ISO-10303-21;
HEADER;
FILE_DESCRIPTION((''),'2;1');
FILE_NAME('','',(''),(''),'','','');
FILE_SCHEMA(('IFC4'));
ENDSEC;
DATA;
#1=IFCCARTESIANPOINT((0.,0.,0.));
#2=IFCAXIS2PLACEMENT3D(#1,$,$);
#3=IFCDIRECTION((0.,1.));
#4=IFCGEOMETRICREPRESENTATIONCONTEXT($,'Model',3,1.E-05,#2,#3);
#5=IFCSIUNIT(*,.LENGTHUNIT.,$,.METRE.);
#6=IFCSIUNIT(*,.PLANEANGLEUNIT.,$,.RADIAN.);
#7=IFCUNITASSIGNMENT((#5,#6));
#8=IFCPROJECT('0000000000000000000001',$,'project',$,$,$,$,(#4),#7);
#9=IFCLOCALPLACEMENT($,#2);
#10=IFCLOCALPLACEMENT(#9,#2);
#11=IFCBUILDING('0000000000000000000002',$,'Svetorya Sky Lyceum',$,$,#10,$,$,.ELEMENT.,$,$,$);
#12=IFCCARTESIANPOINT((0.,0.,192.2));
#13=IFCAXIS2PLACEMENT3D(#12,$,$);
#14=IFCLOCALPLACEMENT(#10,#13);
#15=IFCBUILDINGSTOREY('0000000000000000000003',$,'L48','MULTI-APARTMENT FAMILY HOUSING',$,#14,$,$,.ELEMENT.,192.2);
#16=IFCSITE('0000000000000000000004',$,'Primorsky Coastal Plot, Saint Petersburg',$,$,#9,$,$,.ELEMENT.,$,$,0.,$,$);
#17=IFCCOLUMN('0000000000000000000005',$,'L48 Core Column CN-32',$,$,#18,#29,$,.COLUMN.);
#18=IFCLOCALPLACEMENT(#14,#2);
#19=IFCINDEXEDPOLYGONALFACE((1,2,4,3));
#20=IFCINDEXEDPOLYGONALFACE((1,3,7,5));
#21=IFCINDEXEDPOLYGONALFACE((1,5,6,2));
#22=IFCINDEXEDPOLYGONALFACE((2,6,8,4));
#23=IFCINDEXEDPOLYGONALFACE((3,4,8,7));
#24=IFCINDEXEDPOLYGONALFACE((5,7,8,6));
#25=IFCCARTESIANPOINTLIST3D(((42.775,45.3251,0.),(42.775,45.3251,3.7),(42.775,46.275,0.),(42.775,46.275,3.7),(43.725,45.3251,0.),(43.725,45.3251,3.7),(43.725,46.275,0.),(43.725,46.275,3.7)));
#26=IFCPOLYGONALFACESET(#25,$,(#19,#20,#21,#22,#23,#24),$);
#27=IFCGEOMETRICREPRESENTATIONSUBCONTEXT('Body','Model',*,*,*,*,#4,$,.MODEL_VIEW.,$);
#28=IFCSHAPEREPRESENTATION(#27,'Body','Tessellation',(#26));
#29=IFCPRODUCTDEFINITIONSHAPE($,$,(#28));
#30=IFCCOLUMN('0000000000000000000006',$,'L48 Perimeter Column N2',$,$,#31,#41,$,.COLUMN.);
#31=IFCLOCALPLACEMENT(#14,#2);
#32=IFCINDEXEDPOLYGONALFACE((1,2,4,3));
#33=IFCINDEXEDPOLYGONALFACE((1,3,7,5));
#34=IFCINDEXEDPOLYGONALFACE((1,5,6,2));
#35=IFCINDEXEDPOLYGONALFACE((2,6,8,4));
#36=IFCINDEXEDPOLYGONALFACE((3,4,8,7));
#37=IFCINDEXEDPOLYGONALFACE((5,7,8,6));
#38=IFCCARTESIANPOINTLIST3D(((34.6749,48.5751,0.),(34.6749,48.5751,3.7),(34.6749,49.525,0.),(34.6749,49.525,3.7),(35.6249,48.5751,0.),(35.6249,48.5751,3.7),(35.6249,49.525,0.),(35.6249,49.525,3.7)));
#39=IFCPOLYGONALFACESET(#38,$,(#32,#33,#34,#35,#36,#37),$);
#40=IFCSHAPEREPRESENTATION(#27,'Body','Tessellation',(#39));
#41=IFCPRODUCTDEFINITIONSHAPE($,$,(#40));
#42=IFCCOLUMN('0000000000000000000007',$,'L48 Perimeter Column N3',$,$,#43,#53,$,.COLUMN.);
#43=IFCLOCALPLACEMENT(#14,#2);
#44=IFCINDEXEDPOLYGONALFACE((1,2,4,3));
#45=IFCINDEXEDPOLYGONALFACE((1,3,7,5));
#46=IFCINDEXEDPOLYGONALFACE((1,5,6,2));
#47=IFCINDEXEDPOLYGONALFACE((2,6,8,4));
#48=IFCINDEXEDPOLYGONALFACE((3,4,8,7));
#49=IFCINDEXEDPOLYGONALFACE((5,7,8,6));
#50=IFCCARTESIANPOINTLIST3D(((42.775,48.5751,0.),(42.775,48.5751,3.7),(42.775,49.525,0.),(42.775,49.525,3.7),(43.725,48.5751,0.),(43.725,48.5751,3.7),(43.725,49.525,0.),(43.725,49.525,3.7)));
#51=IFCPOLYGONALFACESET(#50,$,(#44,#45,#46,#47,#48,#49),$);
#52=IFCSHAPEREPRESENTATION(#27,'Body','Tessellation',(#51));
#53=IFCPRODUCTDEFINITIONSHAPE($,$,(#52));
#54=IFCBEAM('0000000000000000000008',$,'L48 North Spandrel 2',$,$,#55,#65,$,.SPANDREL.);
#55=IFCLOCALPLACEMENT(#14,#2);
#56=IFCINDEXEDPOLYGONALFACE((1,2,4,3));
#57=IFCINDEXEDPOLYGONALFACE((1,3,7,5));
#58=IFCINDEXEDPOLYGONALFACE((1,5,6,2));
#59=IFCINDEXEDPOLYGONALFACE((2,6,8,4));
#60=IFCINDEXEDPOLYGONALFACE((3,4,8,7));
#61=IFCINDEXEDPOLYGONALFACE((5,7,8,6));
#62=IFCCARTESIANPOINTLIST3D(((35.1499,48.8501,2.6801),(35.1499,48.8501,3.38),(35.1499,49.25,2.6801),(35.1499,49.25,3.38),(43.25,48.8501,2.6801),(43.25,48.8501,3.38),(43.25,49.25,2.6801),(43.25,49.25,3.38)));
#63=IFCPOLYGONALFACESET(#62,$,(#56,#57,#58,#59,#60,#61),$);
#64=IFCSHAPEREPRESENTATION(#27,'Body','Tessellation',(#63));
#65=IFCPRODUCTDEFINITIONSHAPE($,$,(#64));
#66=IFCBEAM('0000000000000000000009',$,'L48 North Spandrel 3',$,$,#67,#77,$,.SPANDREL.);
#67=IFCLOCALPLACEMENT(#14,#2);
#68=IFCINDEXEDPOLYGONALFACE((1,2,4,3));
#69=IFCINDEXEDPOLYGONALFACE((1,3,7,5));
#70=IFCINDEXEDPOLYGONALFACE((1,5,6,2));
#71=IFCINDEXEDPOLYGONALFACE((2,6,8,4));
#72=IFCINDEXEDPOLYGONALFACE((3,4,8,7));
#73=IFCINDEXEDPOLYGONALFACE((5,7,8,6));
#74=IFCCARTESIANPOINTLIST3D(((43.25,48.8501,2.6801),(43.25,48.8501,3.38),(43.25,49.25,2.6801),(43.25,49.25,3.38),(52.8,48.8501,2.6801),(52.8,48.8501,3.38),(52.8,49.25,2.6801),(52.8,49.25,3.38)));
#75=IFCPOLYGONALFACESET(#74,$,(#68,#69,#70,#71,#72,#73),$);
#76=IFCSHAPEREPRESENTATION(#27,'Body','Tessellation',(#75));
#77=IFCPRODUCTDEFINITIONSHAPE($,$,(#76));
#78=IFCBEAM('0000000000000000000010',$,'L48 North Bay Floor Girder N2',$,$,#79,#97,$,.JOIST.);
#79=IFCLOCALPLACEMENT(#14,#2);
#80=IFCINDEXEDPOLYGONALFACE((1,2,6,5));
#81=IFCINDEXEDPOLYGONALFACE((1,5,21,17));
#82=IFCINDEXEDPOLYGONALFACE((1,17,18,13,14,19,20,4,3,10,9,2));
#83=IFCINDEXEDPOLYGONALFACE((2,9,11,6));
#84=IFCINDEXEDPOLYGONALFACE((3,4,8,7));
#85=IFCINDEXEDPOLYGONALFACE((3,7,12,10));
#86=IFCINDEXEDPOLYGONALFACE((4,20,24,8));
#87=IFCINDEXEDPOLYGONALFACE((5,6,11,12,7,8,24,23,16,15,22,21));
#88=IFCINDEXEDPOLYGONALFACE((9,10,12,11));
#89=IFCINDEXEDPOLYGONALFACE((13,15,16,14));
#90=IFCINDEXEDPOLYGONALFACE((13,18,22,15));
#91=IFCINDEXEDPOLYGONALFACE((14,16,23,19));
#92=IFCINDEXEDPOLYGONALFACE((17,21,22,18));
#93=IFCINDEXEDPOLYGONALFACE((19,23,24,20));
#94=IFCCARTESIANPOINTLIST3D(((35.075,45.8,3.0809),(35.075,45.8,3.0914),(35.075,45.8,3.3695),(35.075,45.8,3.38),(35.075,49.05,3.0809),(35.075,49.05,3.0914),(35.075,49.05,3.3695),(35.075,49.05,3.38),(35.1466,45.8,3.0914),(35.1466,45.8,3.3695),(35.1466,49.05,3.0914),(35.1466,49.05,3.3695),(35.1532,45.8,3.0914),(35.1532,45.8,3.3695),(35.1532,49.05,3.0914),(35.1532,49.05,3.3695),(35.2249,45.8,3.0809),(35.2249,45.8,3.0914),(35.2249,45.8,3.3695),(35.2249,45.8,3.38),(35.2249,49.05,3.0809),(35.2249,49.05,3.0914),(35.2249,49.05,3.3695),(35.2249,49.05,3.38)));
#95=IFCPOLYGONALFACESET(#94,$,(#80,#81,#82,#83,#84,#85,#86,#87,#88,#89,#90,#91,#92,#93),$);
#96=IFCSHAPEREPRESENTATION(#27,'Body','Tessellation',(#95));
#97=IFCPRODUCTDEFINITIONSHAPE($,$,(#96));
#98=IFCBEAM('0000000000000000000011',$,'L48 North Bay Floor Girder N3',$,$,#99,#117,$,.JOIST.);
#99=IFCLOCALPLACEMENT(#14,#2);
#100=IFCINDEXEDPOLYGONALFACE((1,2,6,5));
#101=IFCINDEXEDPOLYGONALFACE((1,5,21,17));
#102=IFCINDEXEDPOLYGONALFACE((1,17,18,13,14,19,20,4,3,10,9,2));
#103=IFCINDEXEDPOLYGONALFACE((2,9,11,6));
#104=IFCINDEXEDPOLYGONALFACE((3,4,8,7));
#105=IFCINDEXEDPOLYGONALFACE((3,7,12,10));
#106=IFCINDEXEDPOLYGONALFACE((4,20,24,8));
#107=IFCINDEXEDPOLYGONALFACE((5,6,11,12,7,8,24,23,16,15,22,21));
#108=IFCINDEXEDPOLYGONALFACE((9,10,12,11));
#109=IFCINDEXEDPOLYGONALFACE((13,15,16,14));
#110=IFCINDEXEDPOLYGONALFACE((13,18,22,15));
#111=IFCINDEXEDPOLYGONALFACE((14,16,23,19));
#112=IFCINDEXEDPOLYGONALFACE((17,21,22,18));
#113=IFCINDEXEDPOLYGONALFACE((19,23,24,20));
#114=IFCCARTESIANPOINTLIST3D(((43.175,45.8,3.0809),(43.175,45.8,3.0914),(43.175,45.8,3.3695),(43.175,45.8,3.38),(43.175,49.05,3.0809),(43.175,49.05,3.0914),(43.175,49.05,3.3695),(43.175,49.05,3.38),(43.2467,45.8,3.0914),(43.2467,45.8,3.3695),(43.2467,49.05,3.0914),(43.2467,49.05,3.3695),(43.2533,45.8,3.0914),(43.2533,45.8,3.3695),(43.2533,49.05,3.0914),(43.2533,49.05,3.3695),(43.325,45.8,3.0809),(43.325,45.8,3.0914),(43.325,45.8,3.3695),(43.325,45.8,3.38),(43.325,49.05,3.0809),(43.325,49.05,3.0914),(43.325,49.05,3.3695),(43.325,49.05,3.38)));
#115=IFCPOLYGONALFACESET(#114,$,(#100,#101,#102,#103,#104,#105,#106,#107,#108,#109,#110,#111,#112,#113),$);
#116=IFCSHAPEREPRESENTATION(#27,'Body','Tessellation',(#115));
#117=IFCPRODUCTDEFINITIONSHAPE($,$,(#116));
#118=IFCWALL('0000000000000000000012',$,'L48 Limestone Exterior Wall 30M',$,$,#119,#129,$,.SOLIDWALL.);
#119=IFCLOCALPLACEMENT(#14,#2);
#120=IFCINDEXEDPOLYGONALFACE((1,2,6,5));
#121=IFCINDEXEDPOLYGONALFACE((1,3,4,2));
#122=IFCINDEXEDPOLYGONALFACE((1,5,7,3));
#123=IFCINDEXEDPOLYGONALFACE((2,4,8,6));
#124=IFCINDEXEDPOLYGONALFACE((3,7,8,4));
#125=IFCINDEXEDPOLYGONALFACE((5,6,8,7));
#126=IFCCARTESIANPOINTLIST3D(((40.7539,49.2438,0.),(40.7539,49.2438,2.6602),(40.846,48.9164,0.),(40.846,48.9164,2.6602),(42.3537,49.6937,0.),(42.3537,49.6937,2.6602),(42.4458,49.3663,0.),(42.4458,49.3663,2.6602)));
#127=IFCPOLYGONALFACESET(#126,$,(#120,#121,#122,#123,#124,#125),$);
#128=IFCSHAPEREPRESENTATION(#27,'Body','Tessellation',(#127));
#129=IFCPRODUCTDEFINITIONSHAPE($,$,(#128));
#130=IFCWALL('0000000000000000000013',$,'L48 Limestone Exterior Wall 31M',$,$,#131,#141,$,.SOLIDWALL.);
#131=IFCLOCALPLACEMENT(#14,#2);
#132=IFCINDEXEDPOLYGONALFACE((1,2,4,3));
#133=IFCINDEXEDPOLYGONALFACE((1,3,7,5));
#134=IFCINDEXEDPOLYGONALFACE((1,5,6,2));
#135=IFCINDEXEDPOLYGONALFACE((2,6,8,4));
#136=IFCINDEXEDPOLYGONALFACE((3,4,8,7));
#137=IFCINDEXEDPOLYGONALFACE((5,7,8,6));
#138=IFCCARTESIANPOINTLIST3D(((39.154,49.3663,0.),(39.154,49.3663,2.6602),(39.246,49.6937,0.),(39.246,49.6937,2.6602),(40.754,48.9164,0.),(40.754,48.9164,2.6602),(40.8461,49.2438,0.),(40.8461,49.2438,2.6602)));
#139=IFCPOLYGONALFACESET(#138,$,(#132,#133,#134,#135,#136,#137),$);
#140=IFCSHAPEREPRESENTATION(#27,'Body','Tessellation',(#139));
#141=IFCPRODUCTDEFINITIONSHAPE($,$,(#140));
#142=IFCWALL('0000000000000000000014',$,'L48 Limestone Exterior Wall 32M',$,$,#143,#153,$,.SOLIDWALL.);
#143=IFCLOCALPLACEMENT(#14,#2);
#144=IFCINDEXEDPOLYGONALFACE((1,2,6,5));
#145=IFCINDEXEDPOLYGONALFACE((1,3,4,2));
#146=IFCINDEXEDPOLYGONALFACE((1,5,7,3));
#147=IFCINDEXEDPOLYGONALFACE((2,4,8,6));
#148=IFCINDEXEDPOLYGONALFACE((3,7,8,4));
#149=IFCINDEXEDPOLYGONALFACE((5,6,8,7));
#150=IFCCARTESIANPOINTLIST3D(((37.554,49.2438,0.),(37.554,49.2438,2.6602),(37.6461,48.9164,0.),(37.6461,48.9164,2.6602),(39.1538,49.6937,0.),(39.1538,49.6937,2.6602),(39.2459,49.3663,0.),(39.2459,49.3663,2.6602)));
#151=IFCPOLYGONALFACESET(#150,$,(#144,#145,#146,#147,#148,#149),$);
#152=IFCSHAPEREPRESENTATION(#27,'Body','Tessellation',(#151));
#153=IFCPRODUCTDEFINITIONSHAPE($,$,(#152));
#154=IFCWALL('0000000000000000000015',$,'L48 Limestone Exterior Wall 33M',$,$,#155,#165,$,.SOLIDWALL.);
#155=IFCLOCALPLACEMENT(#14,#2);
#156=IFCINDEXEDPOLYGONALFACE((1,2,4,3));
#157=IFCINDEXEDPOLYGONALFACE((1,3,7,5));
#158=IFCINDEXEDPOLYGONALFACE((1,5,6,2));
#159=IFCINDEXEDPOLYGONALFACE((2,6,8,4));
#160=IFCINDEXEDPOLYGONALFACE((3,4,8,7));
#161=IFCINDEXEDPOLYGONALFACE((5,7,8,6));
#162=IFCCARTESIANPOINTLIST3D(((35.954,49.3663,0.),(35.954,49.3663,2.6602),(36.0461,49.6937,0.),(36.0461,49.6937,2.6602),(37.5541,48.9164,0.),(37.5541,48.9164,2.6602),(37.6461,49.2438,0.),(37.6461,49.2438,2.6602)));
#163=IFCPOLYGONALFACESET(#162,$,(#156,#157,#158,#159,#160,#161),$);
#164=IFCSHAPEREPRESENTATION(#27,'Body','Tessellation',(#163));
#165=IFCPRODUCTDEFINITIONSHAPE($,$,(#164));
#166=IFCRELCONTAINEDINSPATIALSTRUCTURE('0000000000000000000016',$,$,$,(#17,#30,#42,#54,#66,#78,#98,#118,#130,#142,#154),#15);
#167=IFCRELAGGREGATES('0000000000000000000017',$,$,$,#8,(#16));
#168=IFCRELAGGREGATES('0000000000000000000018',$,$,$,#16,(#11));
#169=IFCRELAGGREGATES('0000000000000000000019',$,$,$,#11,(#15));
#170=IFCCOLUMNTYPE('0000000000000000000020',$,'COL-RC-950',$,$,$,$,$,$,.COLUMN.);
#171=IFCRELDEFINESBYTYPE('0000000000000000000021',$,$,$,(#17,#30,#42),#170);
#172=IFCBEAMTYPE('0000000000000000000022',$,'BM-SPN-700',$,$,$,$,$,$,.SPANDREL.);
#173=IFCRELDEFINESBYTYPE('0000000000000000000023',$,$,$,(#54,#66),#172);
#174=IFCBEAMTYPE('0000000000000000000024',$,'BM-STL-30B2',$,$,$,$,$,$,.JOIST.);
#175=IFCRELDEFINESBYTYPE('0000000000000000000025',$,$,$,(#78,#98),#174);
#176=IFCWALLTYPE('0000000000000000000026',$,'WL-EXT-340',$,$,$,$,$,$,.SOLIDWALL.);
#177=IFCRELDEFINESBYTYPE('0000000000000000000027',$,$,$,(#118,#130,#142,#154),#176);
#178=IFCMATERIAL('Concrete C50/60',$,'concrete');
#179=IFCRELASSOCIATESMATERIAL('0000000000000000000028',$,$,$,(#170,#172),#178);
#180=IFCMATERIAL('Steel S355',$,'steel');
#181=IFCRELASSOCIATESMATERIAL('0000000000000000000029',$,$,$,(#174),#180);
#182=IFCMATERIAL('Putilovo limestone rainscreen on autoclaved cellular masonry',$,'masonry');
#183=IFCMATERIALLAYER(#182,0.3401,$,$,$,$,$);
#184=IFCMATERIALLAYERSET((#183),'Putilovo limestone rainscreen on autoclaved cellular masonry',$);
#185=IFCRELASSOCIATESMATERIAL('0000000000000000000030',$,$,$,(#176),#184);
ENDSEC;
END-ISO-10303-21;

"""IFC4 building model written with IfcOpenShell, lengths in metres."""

from ifc_helpers import new_model, si_unit, direction, frame, frame_2d, origin, origin_2d, place, context, subcontext, project, spatial, rectangle, i_section, extrude, material, layer, layer_set, material_profile, profile_set, type_object, element, save


model = new_model("IFC4")

# Units and contexts
model_context = context("Model", 3, precision=1e-05, world=origin(), true_north=direction((0.0, 1.0)))
body_context = subcontext(model_context, "Body", "Model", "MODEL_VIEW")
ifc_project = project(units=[si_unit("LENGTHUNIT", "METRE"), si_unit("PLANEANGLEUNIT", "RADIAN")], contexts=[model_context])

# Site, building, storey
site_placement = place(None, origin())
site = spatial("IfcSite", under=ifc_project, at=site_placement, Name="Primorsky Coastal Plot, Saint Petersburg", CompositionType="ELEMENT", RefElevation=0.0)
building_placement = place(site_placement, origin())
building = spatial("IfcBuilding", under=site, at=building_placement, Name="Svetorya Sky Lyceum", CompositionType="ELEMENT")
storey_placement = place(building_placement, frame((0.0, 0.0, 192.2)))
storey = spatial("IfcBuildingStorey", under=building, at=storey_placement, Name="L48", Description="MULTI-APARTMENT FAMILY HOUSING", CompositionType="ELEMENT", Elevation=192.2)

# Columns
ifc_material_1 = material(Name="Concrete C50/60", Category="concrete")
ifc_material_profile_1 = material_profile(ifc_material_1, rectangle(XDim=0.95, YDim=0.95, at=origin_2d()), Name="RC COL 950x950")
ifc_profile_set_1 = profile_set([ifc_material_profile_1], Name="Concrete C50/60")
column_type = type_object("IfcColumnType", Name="COL-RC-950", PredefinedType="COLUMN", material=ifc_profile_set_1)
for number, where, z_axis, x_axis, name in (
    (1, (43.25, 45.8, 0.0), (0.0, 0.0, 1.0), (1.0, 0.0, 0.0), "L48 Core Column CN-32"),
    (2, (35.1499, 49.05, 0.0), (0.0, 0.0, 1.0), (1.0, 0.0, 0.0), "L48 Perimeter Column N2"),
    (3, (43.25, 49.05, 0.0), (0.0, 0.0, 1.0), (1.0, 0.0, 0.0), "L48 Perimeter Column N3"),
):
    element("IfcColumn", number, at=place(storey_placement, frame(where, z_axis=z_axis, x_axis=x_axis)), inside=storey, type_object=column_type, Name=name, PredefinedType="COLUMN", context=body_context, shape_type="SweptSolid", body=[
        extrude(rectangle(XDim=0.95, YDim=0.95, at=origin_2d()), origin(), (0.0, 0.0, 1.0), 3.7),
    ])

# Beams
ifc_material_profile_2 = material_profile(ifc_material_1, rectangle(XDim=0.3999, YDim=0.7, at=origin_2d()), Name="RC SPANDREL 400x700")
ifc_profile_set_2 = profile_set([ifc_material_profile_2], Name="Concrete C50/60")
beam_type_1 = type_object("IfcBeamType", Name="BM-SPN-700", PredefinedType="SPANDREL", material=ifc_profile_set_2)
beam_1_placement = place(storey_placement, frame((35.1499, 49.05, 3.03), z_axis=(1.0, 0.0, 0.0), x_axis=(0.0, 1.0, 0.0)))
element("IfcBeam", 4, at=beam_1_placement, inside=storey, type_object=beam_type_1, Name="L48 North Spandrel 2", PredefinedType="SPANDREL", context=body_context, shape_type="SweptSolid", body=[
    extrude(rectangle(XDim=0.3999, YDim=0.7, at=origin_2d()), origin(), (0.0, 0.0, 1.0), 8.1001),
])
beam_2_placement = place(storey_placement, frame((43.25, 49.05, 3.03), z_axis=(1.0, 0.0, 0.0), x_axis=(0.0, 1.0, 0.0)))
element("IfcBeam", 5, at=beam_2_placement, inside=storey, type_object=beam_type_1, Name="L48 North Spandrel 3", PredefinedType="SPANDREL", context=body_context, shape_type="SweptSolid", body=[
    extrude(rectangle(XDim=0.3999, YDim=0.7, at=origin_2d()), origin(), (0.0, 0.0, 1.0), 9.55),
])
ifc_material_2 = material(Name="Steel S355", Category="steel")
ifc_material_profile_3 = material_profile(ifc_material_2, i_section(OverallWidth=0.1499, OverallDepth=0.2991, WebThickness=0.0066, FlangeThickness=0.0105, at=origin_2d()), Name="GOST 30B2")
ifc_profile_set_3 = profile_set([ifc_material_profile_3], Name="Steel S355")
beam_type_2 = type_object("IfcBeamType", Name="BM-STL-30B2", PredefinedType="JOIST", material=ifc_profile_set_3)
for number, where, z_axis, x_axis, name in (
    (6, (35.1499, 45.8, 3.2305), (0.0, 1.0, 0.0), (-1.0, 0.0, 0.0), "L48 North Bay Floor Girder N2"),
    (7, (43.25, 45.8, 3.2305), (0.0, 1.0, 0.0), (-1.0, 0.0, 0.0), "L48 North Bay Floor Girder N3"),
):
    element("IfcBeam", number, at=place(storey_placement, frame(where, z_axis=z_axis, x_axis=x_axis)), inside=storey, type_object=beam_type_2, Name=name, PredefinedType="JOIST", context=body_context, shape_type="SweptSolid", body=[
        extrude(i_section(OverallWidth=0.1499, OverallDepth=0.2991, WebThickness=0.0066, FlangeThickness=0.0105, at=origin_2d()), origin(), (0.0, 0.0, 1.0), 3.25),
    ])

# Walls
ifc_material_3 = material(Name="Putilovo limestone rainscreen on autoclaved cellular masonry", Category="masonry")
ifc_layer_1 = layer(ifc_material_3, 0.3401)
ifc_layer_set_1 = layer_set([ifc_layer_1], Name="Putilovo limestone rainscreen on autoclaved cellular masonry")
wall_type_1 = type_object("IfcWallType", Name="WL-EXT-340", PredefinedType="SOLIDWALL", material=ifc_layer_set_1)
wall_1_placement = place(storey_placement, frame((42.3999, 49.53, 0.0), z_axis=(0.0, 0.0, 1.0), x_axis=(-0.962652, -0.270741, 0.0)))
element("IfcWall", 8, at=wall_1_placement, inside=storey, type_object=wall_type_1, Name="L48 Limestone Exterior Wall 30M", PredefinedType="SOLIDWALL", context=body_context, shape_type="SweptSolid", body=[
    extrude(rectangle(XDim=1.6619, YDim=0.3401, at=frame_2d((0.8311, 0.0))), origin(), (0.0, 0.0, 1.0), 2.6602),
])
wall_2_placement = place(storey_placement, frame((40.8, 49.0801, 0.0), z_axis=(0.0, 0.0, 1.0), x_axis=(-0.962663, 0.270703, 0.0)))
element("IfcWall", 9, at=wall_2_placement, inside=storey, type_object=wall_type_1, Name="L48 Limestone Exterior Wall 31M", PredefinedType="SOLIDWALL", context=body_context, shape_type="SweptSolid", body=[
    extrude(rectangle(XDim=1.6621, YDim=0.3401, at=frame_2d((0.8311, 0.0))), origin(), (0.0, 0.0, 1.0), 2.6602),
])
wall_3_placement = place(storey_placement, frame((39.2, 49.53, 0.0), z_axis=(0.0, 0.0, 1.0), x_axis=(-0.962652, -0.270741, 0.0)))
element("IfcWall", 10, at=wall_3_placement, inside=storey, type_object=wall_type_1, Name="L48 Limestone Exterior Wall 32M", PredefinedType="SOLIDWALL", context=body_context, shape_type="SweptSolid", body=[
    extrude(rectangle(XDim=1.6619, YDim=0.3401, at=frame_2d((0.8311, 0.0))), origin(), (0.0, 0.0, 1.0), 2.6602),
])
wall_4_placement = place(storey_placement, frame((37.6001, 49.0801, 0.0), z_axis=(0.0, 0.0, 1.0), x_axis=(-0.962663, 0.270703, 0.0)))
element("IfcWall", 11, at=wall_4_placement, inside=storey, type_object=wall_type_1, Name="L48 Limestone Exterior Wall 33M", PredefinedType="SOLIDWALL", context=body_context, shape_type="SweptSolid", body=[
    extrude(rectangle(XDim=1.6621, YDim=0.3401, at=frame_2d((0.8311, 0.0))), origin(), (0.0, 0.0, 1.0), 2.6602),
])

save(model, "model.ifc")
